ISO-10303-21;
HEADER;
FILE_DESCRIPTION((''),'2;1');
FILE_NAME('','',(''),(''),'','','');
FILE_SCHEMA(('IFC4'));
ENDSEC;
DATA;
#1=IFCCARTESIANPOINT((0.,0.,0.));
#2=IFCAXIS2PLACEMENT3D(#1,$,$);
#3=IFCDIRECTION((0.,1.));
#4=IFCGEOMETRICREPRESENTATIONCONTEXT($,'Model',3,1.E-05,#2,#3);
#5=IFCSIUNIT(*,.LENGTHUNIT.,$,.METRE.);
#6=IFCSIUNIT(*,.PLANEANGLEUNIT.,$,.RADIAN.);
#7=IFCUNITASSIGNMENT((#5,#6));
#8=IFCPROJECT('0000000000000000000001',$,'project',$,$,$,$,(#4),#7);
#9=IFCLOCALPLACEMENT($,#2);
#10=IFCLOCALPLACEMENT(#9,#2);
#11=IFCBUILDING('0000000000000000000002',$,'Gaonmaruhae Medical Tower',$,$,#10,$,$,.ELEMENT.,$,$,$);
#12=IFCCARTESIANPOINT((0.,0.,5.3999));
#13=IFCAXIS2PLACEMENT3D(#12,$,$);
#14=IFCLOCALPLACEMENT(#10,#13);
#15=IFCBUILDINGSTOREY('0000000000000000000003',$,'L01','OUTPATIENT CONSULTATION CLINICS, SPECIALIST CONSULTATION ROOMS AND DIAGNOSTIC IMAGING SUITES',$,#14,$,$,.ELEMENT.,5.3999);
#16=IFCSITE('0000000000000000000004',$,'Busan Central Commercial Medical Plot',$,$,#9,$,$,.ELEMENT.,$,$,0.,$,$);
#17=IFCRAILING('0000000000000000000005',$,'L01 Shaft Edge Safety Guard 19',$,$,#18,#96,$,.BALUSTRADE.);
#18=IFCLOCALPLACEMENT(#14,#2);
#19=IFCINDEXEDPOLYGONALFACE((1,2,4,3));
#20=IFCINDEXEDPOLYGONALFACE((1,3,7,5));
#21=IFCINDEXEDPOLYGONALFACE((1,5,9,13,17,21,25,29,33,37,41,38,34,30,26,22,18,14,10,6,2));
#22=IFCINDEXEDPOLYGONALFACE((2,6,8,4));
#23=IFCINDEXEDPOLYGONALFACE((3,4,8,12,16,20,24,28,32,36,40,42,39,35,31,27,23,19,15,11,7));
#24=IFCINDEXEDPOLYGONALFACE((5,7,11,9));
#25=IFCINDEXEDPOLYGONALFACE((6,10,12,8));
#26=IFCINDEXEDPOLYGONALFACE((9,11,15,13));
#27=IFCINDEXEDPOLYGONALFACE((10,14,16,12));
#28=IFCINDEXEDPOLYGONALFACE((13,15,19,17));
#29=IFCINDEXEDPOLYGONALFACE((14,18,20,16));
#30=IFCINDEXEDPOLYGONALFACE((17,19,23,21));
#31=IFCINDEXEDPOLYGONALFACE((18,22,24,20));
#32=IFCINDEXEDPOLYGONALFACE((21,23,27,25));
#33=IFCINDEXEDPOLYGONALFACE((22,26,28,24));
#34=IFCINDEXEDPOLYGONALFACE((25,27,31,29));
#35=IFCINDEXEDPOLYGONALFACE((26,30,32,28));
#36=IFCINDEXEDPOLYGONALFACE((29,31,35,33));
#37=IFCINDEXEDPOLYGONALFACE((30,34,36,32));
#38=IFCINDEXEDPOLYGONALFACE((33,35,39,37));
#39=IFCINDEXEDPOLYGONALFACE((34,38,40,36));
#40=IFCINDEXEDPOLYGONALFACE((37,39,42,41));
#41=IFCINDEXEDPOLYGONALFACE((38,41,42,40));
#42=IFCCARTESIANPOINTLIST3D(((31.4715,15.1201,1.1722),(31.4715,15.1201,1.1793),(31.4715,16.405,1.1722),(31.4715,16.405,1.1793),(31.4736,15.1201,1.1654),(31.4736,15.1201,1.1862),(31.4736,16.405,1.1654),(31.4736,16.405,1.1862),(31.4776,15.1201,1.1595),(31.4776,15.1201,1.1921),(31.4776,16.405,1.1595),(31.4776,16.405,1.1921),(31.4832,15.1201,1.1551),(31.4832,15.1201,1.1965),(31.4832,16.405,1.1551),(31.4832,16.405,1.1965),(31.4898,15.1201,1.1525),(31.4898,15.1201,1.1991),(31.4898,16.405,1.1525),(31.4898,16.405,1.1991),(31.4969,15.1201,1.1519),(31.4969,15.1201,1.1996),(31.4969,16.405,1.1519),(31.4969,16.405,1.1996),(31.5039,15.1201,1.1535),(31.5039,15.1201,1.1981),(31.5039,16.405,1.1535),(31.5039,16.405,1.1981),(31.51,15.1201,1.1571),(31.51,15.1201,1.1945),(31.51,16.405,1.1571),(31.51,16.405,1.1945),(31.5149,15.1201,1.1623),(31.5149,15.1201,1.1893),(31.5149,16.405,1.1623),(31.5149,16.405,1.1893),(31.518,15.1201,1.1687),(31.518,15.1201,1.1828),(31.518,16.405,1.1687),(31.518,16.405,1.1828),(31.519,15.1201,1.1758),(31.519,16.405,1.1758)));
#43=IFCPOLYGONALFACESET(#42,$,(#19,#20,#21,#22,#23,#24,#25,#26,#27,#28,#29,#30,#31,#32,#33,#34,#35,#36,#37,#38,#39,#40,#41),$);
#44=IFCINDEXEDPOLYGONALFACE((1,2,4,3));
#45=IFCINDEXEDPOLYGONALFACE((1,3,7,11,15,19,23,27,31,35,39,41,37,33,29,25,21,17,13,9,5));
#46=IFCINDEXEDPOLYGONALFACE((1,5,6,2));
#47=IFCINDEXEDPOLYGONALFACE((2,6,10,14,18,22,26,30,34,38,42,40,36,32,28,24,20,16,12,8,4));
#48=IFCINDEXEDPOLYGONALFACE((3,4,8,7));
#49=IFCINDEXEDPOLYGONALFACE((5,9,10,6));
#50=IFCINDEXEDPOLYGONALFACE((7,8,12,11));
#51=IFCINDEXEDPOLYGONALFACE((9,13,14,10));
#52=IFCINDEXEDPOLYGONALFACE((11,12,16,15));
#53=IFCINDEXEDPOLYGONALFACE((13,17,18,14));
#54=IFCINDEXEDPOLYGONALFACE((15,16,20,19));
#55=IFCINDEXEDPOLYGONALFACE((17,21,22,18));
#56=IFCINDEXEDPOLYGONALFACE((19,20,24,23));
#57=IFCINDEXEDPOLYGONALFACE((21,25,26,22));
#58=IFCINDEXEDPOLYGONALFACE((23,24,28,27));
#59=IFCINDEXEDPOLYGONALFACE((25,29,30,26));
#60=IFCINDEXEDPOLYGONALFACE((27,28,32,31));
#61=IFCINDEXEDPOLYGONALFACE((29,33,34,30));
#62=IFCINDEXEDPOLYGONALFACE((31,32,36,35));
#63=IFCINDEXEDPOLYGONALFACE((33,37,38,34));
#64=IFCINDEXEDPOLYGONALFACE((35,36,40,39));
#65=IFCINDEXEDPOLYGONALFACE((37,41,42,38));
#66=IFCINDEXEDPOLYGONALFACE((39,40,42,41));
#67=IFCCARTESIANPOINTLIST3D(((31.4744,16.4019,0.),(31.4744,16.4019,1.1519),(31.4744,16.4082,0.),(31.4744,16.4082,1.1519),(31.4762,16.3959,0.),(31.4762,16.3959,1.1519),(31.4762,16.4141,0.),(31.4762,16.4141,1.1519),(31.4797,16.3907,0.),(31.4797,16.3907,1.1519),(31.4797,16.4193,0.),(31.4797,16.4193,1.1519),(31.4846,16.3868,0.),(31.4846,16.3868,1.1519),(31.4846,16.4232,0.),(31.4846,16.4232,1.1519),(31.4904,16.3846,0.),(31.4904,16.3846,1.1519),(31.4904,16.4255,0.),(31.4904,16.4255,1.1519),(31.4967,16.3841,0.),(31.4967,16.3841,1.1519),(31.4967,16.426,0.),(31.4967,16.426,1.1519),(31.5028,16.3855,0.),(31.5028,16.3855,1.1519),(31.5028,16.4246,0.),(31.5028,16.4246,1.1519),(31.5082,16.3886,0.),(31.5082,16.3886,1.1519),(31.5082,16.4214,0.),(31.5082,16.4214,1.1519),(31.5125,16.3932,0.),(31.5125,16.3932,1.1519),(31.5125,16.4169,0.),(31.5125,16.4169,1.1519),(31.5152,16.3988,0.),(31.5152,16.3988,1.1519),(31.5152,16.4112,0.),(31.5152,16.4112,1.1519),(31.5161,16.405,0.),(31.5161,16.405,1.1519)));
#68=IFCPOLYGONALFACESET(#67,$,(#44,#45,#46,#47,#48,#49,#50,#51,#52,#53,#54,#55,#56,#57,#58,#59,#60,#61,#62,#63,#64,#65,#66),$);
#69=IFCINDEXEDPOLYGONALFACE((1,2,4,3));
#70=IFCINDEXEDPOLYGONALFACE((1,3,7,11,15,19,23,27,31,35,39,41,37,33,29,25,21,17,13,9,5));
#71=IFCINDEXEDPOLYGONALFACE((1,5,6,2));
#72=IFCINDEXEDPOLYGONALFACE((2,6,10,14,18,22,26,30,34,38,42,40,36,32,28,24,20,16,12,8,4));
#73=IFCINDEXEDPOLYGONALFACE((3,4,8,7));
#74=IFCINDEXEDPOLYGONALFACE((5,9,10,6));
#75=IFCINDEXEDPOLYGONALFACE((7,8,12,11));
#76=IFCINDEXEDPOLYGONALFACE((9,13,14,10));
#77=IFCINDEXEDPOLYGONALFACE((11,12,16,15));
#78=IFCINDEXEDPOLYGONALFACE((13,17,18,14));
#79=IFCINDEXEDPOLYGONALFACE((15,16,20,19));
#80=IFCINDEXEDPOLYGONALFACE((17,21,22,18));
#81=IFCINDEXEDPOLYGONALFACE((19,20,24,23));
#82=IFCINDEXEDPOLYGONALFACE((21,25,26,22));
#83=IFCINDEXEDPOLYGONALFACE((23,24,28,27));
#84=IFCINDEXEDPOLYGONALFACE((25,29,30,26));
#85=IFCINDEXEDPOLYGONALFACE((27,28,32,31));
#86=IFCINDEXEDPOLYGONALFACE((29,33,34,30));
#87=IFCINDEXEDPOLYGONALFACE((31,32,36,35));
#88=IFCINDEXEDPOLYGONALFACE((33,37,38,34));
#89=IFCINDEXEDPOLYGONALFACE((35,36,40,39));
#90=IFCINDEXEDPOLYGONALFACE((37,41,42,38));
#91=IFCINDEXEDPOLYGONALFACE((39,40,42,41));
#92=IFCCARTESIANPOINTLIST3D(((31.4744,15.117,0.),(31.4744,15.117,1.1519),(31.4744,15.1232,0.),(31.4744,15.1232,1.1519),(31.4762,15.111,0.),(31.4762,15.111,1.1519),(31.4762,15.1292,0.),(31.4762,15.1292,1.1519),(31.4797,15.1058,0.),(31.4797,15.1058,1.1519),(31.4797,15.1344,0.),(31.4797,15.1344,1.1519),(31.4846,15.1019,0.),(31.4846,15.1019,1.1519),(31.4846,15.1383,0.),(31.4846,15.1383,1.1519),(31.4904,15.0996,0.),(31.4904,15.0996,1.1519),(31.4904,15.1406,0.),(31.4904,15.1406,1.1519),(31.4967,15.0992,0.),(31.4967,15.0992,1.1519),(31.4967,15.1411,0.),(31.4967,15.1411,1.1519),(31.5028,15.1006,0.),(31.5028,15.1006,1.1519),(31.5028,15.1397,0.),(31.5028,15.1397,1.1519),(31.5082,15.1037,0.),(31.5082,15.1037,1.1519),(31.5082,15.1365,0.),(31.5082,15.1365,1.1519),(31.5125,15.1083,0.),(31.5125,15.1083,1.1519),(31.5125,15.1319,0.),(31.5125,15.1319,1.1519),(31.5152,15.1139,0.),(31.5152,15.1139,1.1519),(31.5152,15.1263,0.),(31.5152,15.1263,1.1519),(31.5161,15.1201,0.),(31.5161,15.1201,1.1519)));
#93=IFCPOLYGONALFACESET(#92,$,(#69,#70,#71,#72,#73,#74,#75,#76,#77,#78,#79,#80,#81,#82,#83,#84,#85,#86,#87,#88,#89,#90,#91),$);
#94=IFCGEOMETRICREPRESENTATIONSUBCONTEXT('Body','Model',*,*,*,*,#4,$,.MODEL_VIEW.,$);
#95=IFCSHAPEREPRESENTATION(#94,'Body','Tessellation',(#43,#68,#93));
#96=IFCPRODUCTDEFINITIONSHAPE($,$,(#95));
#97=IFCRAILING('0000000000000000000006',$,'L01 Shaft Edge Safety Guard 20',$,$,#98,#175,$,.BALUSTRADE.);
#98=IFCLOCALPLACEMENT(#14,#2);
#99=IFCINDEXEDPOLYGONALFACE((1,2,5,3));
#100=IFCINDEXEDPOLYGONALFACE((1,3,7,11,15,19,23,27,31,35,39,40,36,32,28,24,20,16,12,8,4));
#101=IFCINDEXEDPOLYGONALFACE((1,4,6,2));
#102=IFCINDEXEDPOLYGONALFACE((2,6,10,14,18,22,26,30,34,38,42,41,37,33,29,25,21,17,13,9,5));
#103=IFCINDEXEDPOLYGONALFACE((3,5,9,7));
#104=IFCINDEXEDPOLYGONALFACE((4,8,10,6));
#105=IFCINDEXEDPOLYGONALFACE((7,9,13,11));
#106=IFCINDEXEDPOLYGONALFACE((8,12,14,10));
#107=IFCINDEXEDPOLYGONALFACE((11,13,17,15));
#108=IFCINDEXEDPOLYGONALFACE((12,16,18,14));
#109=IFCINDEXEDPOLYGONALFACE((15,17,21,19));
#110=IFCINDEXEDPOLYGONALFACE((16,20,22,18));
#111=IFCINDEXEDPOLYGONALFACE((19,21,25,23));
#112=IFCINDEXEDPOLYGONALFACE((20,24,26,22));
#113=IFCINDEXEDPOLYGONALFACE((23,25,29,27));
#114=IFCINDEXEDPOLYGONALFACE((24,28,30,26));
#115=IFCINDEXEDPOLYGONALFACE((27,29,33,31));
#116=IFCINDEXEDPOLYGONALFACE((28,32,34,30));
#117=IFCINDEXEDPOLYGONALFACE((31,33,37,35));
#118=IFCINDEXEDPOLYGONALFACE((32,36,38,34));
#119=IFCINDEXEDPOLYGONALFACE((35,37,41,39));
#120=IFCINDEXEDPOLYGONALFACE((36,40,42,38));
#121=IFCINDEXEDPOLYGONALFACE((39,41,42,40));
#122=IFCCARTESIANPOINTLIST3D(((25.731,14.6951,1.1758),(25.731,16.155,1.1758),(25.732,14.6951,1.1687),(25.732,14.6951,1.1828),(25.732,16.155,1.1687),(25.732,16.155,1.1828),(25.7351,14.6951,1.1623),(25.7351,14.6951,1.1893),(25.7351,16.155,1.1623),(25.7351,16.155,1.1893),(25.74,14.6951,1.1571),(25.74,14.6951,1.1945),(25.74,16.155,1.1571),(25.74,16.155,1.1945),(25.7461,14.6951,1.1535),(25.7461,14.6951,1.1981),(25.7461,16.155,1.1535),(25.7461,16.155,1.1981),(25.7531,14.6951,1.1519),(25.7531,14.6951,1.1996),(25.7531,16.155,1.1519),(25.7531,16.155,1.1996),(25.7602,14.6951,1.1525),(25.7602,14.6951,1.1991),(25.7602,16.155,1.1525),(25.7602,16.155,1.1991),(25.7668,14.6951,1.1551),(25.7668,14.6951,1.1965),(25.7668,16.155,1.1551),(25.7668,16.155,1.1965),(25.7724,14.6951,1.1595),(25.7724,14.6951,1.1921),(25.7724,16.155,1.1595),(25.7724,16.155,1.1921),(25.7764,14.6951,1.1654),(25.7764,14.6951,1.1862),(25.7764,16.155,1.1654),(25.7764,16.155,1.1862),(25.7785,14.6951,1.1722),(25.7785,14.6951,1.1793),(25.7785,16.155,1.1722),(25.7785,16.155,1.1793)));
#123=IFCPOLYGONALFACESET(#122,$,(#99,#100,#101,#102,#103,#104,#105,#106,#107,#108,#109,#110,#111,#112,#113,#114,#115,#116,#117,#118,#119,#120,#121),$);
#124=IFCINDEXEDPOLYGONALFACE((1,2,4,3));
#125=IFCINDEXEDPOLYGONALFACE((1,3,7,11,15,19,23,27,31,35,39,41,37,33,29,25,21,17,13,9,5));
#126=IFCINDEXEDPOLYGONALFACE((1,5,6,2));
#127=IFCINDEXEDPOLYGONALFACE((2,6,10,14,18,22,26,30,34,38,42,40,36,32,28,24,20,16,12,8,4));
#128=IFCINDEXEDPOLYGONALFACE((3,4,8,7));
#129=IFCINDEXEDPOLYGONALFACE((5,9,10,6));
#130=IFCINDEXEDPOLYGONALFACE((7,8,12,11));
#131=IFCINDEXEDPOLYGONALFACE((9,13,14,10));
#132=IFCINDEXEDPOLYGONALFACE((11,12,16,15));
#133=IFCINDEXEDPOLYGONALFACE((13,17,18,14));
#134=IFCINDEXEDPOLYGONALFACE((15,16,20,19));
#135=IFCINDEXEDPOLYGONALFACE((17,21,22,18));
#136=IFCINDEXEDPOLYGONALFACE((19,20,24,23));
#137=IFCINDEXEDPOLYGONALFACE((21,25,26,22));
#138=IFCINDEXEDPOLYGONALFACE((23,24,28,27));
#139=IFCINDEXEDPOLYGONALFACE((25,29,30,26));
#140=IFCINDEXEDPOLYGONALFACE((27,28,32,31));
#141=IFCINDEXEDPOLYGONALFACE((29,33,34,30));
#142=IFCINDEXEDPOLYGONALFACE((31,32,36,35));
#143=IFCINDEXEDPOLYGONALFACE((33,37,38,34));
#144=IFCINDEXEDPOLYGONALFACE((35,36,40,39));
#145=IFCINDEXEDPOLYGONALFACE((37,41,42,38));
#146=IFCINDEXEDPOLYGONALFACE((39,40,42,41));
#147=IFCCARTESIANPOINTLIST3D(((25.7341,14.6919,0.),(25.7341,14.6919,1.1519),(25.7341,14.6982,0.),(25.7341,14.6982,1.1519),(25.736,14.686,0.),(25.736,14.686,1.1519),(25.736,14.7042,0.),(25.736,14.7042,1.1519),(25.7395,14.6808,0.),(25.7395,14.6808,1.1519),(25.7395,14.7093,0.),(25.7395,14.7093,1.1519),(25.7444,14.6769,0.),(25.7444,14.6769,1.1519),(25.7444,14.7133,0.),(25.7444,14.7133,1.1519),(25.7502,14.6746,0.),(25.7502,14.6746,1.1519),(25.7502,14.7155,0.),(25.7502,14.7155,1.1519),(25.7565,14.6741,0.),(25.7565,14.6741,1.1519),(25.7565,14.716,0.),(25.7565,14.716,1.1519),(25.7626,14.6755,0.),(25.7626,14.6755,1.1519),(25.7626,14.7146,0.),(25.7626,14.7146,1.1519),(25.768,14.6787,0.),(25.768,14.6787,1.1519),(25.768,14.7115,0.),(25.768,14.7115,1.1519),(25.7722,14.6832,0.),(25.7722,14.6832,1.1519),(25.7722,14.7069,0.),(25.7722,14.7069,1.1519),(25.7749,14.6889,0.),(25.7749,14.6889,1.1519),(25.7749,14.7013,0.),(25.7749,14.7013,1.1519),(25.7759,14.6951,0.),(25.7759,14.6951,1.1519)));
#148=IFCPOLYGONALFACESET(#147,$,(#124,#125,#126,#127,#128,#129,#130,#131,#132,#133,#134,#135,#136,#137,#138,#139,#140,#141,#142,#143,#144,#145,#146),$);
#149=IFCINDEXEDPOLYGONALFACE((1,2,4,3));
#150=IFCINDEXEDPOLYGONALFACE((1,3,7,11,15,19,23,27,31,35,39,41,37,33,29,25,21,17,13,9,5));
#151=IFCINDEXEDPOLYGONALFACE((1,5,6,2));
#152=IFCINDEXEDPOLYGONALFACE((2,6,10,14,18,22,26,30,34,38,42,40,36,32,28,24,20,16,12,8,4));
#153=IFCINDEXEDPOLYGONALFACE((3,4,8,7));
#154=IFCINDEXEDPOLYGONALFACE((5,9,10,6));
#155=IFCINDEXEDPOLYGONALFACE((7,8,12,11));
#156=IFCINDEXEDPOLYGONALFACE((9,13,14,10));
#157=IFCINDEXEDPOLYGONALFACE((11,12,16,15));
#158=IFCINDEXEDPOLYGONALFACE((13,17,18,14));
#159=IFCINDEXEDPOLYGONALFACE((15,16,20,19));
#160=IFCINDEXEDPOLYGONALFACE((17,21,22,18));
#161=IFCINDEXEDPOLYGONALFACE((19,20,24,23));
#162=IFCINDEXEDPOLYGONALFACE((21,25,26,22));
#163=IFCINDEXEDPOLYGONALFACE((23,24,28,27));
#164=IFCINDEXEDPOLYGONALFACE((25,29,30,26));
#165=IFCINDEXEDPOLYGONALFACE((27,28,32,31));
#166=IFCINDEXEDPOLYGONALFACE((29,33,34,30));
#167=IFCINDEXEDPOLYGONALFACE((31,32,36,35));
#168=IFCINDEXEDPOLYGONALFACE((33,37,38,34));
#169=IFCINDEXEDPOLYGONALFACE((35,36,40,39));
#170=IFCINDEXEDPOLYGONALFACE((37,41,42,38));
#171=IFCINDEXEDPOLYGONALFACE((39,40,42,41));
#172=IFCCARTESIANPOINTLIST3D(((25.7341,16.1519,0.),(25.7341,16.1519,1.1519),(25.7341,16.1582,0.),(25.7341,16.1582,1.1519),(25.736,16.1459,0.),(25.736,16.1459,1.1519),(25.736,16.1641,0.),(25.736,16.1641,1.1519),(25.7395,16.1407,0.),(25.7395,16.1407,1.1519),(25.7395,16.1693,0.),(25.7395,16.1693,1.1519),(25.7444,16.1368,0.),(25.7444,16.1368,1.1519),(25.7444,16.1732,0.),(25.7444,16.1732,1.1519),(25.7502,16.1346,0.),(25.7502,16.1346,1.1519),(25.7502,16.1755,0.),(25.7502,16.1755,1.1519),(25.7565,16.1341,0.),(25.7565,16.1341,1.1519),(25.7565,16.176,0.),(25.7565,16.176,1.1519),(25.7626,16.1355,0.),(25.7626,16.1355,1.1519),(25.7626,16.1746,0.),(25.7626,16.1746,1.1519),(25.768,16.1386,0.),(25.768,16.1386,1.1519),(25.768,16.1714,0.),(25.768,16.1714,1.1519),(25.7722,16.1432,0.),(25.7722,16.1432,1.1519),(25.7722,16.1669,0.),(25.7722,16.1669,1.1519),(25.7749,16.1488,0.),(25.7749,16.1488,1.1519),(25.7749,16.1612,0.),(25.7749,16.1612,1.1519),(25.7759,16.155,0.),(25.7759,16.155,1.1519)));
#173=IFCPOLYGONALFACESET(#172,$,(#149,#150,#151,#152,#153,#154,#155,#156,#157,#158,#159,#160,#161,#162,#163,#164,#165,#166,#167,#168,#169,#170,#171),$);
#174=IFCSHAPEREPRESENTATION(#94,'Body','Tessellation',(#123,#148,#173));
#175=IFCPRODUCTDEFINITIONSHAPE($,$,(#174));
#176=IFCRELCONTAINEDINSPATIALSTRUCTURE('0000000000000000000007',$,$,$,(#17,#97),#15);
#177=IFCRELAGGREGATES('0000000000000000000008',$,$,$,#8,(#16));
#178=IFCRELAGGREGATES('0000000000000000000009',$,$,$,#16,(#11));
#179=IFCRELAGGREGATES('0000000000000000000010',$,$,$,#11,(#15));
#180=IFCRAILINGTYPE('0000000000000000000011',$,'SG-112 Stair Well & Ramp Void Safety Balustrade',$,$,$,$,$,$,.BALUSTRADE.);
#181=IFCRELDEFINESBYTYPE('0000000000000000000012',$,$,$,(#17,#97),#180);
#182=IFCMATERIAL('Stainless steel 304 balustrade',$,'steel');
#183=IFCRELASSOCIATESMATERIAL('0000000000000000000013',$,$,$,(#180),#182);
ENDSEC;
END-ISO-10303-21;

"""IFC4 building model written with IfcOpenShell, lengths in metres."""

from ifc_helpers import new_model, si_unit, direction, frame, origin, origin_2d, place, context, subcontext, project, spatial, circle, extrude, material, type_object, element, save


model = new_model("IFC4")

# Units and contexts
model_context = context("Model", 3, precision=1e-05, world=origin(), true_north=direction((0.0, 1.0)))
body_context = subcontext(model_context, "Body", "Model", "MODEL_VIEW")
ifc_project = project(units=[si_unit("LENGTHUNIT", "METRE"), si_unit("PLANEANGLEUNIT", "RADIAN")], contexts=[model_context])

# Site, building, storey
site_placement = place(None, origin())
site = spatial("IfcSite", under=ifc_project, at=site_placement, Name="Busan Central Commercial Medical Plot", CompositionType="ELEMENT", RefElevation=0.0)
building_placement = place(site_placement, origin())
building = spatial("IfcBuilding", under=site, at=building_placement, Name="Gaonmaruhae Medical Tower", CompositionType="ELEMENT")
storey_placement = place(building_placement, frame((0.0, 0.0, 5.3999)))
storey = spatial("IfcBuildingStorey", under=building, at=storey_placement, Name="L01", Description="OUTPATIENT CONSULTATION CLINICS, SPECIALIST CONSULTATION ROOMS AND DIAGNOSTIC IMAGING SUITES", CompositionType="ELEMENT", Elevation=5.3999)

# Railings
ifc_material_1 = material(Name="Stainless steel 304 balustrade", Category="steel")
railing_type_1 = type_object("IfcRailingType", Name="SG-112 Stair Well & Ramp Void Safety Balustrade", PredefinedType="BALUSTRADE", material=ifc_material_1)
railing_1_placement = place(storey_placement, frame((31.4951, 16.405, 0.0)))
element("IfcRailing", 1, at=railing_1_placement, inside=storey, type_object=railing_type_1, Name="L01 Shaft Edge Safety Guard 19", PredefinedType="BALUSTRADE", context=body_context, shape_type="SweptSolid", body=[
    extrude(circle(Radius=0.0239, at=origin_2d()), frame((0.0, 0.0, 1.1758), z_axis=(0.0, -1.0, 0.0), x_axis=(1.0, 0.0, 0.0)), (0.0, 0.0, 1.0), 1.2849),
    extrude(circle(Radius=0.021, at=origin_2d()), origin(), (0.0, 0.0, 1.0), 1.1519),
    extrude(circle(Radius=0.021, at=origin_2d()), frame((0.0, -1.2849, 0.0)), (0.0, 0.0, 1.0), 1.1519),
])
railing_2_placement = place(storey_placement, frame((25.7549, 14.6951, 0.0)))
element("IfcRailing", 2, at=railing_2_placement, inside=storey, type_object=railing_type_1, Name="L01 Shaft Edge Safety Guard 20", PredefinedType="BALUSTRADE", context=body_context, shape_type="SweptSolid", body=[
    extrude(circle(Radius=0.0239, at=origin_2d()), frame((0.0, 0.0, 1.1758), z_axis=(0.0, 1.0, 0.0), x_axis=(-1.0, 0.0, 0.0)), (0.0, 0.0, 1.0), 1.46),
    extrude(circle(Radius=0.021, at=origin_2d()), origin(), (0.0, 0.0, 1.0), 1.1519),
    extrude(circle(Radius=0.021, at=origin_2d()), frame((0.0, 1.46, 0.0)), (0.0, 0.0, 1.0), 1.1519),
])

save(model, "model.ifc")
